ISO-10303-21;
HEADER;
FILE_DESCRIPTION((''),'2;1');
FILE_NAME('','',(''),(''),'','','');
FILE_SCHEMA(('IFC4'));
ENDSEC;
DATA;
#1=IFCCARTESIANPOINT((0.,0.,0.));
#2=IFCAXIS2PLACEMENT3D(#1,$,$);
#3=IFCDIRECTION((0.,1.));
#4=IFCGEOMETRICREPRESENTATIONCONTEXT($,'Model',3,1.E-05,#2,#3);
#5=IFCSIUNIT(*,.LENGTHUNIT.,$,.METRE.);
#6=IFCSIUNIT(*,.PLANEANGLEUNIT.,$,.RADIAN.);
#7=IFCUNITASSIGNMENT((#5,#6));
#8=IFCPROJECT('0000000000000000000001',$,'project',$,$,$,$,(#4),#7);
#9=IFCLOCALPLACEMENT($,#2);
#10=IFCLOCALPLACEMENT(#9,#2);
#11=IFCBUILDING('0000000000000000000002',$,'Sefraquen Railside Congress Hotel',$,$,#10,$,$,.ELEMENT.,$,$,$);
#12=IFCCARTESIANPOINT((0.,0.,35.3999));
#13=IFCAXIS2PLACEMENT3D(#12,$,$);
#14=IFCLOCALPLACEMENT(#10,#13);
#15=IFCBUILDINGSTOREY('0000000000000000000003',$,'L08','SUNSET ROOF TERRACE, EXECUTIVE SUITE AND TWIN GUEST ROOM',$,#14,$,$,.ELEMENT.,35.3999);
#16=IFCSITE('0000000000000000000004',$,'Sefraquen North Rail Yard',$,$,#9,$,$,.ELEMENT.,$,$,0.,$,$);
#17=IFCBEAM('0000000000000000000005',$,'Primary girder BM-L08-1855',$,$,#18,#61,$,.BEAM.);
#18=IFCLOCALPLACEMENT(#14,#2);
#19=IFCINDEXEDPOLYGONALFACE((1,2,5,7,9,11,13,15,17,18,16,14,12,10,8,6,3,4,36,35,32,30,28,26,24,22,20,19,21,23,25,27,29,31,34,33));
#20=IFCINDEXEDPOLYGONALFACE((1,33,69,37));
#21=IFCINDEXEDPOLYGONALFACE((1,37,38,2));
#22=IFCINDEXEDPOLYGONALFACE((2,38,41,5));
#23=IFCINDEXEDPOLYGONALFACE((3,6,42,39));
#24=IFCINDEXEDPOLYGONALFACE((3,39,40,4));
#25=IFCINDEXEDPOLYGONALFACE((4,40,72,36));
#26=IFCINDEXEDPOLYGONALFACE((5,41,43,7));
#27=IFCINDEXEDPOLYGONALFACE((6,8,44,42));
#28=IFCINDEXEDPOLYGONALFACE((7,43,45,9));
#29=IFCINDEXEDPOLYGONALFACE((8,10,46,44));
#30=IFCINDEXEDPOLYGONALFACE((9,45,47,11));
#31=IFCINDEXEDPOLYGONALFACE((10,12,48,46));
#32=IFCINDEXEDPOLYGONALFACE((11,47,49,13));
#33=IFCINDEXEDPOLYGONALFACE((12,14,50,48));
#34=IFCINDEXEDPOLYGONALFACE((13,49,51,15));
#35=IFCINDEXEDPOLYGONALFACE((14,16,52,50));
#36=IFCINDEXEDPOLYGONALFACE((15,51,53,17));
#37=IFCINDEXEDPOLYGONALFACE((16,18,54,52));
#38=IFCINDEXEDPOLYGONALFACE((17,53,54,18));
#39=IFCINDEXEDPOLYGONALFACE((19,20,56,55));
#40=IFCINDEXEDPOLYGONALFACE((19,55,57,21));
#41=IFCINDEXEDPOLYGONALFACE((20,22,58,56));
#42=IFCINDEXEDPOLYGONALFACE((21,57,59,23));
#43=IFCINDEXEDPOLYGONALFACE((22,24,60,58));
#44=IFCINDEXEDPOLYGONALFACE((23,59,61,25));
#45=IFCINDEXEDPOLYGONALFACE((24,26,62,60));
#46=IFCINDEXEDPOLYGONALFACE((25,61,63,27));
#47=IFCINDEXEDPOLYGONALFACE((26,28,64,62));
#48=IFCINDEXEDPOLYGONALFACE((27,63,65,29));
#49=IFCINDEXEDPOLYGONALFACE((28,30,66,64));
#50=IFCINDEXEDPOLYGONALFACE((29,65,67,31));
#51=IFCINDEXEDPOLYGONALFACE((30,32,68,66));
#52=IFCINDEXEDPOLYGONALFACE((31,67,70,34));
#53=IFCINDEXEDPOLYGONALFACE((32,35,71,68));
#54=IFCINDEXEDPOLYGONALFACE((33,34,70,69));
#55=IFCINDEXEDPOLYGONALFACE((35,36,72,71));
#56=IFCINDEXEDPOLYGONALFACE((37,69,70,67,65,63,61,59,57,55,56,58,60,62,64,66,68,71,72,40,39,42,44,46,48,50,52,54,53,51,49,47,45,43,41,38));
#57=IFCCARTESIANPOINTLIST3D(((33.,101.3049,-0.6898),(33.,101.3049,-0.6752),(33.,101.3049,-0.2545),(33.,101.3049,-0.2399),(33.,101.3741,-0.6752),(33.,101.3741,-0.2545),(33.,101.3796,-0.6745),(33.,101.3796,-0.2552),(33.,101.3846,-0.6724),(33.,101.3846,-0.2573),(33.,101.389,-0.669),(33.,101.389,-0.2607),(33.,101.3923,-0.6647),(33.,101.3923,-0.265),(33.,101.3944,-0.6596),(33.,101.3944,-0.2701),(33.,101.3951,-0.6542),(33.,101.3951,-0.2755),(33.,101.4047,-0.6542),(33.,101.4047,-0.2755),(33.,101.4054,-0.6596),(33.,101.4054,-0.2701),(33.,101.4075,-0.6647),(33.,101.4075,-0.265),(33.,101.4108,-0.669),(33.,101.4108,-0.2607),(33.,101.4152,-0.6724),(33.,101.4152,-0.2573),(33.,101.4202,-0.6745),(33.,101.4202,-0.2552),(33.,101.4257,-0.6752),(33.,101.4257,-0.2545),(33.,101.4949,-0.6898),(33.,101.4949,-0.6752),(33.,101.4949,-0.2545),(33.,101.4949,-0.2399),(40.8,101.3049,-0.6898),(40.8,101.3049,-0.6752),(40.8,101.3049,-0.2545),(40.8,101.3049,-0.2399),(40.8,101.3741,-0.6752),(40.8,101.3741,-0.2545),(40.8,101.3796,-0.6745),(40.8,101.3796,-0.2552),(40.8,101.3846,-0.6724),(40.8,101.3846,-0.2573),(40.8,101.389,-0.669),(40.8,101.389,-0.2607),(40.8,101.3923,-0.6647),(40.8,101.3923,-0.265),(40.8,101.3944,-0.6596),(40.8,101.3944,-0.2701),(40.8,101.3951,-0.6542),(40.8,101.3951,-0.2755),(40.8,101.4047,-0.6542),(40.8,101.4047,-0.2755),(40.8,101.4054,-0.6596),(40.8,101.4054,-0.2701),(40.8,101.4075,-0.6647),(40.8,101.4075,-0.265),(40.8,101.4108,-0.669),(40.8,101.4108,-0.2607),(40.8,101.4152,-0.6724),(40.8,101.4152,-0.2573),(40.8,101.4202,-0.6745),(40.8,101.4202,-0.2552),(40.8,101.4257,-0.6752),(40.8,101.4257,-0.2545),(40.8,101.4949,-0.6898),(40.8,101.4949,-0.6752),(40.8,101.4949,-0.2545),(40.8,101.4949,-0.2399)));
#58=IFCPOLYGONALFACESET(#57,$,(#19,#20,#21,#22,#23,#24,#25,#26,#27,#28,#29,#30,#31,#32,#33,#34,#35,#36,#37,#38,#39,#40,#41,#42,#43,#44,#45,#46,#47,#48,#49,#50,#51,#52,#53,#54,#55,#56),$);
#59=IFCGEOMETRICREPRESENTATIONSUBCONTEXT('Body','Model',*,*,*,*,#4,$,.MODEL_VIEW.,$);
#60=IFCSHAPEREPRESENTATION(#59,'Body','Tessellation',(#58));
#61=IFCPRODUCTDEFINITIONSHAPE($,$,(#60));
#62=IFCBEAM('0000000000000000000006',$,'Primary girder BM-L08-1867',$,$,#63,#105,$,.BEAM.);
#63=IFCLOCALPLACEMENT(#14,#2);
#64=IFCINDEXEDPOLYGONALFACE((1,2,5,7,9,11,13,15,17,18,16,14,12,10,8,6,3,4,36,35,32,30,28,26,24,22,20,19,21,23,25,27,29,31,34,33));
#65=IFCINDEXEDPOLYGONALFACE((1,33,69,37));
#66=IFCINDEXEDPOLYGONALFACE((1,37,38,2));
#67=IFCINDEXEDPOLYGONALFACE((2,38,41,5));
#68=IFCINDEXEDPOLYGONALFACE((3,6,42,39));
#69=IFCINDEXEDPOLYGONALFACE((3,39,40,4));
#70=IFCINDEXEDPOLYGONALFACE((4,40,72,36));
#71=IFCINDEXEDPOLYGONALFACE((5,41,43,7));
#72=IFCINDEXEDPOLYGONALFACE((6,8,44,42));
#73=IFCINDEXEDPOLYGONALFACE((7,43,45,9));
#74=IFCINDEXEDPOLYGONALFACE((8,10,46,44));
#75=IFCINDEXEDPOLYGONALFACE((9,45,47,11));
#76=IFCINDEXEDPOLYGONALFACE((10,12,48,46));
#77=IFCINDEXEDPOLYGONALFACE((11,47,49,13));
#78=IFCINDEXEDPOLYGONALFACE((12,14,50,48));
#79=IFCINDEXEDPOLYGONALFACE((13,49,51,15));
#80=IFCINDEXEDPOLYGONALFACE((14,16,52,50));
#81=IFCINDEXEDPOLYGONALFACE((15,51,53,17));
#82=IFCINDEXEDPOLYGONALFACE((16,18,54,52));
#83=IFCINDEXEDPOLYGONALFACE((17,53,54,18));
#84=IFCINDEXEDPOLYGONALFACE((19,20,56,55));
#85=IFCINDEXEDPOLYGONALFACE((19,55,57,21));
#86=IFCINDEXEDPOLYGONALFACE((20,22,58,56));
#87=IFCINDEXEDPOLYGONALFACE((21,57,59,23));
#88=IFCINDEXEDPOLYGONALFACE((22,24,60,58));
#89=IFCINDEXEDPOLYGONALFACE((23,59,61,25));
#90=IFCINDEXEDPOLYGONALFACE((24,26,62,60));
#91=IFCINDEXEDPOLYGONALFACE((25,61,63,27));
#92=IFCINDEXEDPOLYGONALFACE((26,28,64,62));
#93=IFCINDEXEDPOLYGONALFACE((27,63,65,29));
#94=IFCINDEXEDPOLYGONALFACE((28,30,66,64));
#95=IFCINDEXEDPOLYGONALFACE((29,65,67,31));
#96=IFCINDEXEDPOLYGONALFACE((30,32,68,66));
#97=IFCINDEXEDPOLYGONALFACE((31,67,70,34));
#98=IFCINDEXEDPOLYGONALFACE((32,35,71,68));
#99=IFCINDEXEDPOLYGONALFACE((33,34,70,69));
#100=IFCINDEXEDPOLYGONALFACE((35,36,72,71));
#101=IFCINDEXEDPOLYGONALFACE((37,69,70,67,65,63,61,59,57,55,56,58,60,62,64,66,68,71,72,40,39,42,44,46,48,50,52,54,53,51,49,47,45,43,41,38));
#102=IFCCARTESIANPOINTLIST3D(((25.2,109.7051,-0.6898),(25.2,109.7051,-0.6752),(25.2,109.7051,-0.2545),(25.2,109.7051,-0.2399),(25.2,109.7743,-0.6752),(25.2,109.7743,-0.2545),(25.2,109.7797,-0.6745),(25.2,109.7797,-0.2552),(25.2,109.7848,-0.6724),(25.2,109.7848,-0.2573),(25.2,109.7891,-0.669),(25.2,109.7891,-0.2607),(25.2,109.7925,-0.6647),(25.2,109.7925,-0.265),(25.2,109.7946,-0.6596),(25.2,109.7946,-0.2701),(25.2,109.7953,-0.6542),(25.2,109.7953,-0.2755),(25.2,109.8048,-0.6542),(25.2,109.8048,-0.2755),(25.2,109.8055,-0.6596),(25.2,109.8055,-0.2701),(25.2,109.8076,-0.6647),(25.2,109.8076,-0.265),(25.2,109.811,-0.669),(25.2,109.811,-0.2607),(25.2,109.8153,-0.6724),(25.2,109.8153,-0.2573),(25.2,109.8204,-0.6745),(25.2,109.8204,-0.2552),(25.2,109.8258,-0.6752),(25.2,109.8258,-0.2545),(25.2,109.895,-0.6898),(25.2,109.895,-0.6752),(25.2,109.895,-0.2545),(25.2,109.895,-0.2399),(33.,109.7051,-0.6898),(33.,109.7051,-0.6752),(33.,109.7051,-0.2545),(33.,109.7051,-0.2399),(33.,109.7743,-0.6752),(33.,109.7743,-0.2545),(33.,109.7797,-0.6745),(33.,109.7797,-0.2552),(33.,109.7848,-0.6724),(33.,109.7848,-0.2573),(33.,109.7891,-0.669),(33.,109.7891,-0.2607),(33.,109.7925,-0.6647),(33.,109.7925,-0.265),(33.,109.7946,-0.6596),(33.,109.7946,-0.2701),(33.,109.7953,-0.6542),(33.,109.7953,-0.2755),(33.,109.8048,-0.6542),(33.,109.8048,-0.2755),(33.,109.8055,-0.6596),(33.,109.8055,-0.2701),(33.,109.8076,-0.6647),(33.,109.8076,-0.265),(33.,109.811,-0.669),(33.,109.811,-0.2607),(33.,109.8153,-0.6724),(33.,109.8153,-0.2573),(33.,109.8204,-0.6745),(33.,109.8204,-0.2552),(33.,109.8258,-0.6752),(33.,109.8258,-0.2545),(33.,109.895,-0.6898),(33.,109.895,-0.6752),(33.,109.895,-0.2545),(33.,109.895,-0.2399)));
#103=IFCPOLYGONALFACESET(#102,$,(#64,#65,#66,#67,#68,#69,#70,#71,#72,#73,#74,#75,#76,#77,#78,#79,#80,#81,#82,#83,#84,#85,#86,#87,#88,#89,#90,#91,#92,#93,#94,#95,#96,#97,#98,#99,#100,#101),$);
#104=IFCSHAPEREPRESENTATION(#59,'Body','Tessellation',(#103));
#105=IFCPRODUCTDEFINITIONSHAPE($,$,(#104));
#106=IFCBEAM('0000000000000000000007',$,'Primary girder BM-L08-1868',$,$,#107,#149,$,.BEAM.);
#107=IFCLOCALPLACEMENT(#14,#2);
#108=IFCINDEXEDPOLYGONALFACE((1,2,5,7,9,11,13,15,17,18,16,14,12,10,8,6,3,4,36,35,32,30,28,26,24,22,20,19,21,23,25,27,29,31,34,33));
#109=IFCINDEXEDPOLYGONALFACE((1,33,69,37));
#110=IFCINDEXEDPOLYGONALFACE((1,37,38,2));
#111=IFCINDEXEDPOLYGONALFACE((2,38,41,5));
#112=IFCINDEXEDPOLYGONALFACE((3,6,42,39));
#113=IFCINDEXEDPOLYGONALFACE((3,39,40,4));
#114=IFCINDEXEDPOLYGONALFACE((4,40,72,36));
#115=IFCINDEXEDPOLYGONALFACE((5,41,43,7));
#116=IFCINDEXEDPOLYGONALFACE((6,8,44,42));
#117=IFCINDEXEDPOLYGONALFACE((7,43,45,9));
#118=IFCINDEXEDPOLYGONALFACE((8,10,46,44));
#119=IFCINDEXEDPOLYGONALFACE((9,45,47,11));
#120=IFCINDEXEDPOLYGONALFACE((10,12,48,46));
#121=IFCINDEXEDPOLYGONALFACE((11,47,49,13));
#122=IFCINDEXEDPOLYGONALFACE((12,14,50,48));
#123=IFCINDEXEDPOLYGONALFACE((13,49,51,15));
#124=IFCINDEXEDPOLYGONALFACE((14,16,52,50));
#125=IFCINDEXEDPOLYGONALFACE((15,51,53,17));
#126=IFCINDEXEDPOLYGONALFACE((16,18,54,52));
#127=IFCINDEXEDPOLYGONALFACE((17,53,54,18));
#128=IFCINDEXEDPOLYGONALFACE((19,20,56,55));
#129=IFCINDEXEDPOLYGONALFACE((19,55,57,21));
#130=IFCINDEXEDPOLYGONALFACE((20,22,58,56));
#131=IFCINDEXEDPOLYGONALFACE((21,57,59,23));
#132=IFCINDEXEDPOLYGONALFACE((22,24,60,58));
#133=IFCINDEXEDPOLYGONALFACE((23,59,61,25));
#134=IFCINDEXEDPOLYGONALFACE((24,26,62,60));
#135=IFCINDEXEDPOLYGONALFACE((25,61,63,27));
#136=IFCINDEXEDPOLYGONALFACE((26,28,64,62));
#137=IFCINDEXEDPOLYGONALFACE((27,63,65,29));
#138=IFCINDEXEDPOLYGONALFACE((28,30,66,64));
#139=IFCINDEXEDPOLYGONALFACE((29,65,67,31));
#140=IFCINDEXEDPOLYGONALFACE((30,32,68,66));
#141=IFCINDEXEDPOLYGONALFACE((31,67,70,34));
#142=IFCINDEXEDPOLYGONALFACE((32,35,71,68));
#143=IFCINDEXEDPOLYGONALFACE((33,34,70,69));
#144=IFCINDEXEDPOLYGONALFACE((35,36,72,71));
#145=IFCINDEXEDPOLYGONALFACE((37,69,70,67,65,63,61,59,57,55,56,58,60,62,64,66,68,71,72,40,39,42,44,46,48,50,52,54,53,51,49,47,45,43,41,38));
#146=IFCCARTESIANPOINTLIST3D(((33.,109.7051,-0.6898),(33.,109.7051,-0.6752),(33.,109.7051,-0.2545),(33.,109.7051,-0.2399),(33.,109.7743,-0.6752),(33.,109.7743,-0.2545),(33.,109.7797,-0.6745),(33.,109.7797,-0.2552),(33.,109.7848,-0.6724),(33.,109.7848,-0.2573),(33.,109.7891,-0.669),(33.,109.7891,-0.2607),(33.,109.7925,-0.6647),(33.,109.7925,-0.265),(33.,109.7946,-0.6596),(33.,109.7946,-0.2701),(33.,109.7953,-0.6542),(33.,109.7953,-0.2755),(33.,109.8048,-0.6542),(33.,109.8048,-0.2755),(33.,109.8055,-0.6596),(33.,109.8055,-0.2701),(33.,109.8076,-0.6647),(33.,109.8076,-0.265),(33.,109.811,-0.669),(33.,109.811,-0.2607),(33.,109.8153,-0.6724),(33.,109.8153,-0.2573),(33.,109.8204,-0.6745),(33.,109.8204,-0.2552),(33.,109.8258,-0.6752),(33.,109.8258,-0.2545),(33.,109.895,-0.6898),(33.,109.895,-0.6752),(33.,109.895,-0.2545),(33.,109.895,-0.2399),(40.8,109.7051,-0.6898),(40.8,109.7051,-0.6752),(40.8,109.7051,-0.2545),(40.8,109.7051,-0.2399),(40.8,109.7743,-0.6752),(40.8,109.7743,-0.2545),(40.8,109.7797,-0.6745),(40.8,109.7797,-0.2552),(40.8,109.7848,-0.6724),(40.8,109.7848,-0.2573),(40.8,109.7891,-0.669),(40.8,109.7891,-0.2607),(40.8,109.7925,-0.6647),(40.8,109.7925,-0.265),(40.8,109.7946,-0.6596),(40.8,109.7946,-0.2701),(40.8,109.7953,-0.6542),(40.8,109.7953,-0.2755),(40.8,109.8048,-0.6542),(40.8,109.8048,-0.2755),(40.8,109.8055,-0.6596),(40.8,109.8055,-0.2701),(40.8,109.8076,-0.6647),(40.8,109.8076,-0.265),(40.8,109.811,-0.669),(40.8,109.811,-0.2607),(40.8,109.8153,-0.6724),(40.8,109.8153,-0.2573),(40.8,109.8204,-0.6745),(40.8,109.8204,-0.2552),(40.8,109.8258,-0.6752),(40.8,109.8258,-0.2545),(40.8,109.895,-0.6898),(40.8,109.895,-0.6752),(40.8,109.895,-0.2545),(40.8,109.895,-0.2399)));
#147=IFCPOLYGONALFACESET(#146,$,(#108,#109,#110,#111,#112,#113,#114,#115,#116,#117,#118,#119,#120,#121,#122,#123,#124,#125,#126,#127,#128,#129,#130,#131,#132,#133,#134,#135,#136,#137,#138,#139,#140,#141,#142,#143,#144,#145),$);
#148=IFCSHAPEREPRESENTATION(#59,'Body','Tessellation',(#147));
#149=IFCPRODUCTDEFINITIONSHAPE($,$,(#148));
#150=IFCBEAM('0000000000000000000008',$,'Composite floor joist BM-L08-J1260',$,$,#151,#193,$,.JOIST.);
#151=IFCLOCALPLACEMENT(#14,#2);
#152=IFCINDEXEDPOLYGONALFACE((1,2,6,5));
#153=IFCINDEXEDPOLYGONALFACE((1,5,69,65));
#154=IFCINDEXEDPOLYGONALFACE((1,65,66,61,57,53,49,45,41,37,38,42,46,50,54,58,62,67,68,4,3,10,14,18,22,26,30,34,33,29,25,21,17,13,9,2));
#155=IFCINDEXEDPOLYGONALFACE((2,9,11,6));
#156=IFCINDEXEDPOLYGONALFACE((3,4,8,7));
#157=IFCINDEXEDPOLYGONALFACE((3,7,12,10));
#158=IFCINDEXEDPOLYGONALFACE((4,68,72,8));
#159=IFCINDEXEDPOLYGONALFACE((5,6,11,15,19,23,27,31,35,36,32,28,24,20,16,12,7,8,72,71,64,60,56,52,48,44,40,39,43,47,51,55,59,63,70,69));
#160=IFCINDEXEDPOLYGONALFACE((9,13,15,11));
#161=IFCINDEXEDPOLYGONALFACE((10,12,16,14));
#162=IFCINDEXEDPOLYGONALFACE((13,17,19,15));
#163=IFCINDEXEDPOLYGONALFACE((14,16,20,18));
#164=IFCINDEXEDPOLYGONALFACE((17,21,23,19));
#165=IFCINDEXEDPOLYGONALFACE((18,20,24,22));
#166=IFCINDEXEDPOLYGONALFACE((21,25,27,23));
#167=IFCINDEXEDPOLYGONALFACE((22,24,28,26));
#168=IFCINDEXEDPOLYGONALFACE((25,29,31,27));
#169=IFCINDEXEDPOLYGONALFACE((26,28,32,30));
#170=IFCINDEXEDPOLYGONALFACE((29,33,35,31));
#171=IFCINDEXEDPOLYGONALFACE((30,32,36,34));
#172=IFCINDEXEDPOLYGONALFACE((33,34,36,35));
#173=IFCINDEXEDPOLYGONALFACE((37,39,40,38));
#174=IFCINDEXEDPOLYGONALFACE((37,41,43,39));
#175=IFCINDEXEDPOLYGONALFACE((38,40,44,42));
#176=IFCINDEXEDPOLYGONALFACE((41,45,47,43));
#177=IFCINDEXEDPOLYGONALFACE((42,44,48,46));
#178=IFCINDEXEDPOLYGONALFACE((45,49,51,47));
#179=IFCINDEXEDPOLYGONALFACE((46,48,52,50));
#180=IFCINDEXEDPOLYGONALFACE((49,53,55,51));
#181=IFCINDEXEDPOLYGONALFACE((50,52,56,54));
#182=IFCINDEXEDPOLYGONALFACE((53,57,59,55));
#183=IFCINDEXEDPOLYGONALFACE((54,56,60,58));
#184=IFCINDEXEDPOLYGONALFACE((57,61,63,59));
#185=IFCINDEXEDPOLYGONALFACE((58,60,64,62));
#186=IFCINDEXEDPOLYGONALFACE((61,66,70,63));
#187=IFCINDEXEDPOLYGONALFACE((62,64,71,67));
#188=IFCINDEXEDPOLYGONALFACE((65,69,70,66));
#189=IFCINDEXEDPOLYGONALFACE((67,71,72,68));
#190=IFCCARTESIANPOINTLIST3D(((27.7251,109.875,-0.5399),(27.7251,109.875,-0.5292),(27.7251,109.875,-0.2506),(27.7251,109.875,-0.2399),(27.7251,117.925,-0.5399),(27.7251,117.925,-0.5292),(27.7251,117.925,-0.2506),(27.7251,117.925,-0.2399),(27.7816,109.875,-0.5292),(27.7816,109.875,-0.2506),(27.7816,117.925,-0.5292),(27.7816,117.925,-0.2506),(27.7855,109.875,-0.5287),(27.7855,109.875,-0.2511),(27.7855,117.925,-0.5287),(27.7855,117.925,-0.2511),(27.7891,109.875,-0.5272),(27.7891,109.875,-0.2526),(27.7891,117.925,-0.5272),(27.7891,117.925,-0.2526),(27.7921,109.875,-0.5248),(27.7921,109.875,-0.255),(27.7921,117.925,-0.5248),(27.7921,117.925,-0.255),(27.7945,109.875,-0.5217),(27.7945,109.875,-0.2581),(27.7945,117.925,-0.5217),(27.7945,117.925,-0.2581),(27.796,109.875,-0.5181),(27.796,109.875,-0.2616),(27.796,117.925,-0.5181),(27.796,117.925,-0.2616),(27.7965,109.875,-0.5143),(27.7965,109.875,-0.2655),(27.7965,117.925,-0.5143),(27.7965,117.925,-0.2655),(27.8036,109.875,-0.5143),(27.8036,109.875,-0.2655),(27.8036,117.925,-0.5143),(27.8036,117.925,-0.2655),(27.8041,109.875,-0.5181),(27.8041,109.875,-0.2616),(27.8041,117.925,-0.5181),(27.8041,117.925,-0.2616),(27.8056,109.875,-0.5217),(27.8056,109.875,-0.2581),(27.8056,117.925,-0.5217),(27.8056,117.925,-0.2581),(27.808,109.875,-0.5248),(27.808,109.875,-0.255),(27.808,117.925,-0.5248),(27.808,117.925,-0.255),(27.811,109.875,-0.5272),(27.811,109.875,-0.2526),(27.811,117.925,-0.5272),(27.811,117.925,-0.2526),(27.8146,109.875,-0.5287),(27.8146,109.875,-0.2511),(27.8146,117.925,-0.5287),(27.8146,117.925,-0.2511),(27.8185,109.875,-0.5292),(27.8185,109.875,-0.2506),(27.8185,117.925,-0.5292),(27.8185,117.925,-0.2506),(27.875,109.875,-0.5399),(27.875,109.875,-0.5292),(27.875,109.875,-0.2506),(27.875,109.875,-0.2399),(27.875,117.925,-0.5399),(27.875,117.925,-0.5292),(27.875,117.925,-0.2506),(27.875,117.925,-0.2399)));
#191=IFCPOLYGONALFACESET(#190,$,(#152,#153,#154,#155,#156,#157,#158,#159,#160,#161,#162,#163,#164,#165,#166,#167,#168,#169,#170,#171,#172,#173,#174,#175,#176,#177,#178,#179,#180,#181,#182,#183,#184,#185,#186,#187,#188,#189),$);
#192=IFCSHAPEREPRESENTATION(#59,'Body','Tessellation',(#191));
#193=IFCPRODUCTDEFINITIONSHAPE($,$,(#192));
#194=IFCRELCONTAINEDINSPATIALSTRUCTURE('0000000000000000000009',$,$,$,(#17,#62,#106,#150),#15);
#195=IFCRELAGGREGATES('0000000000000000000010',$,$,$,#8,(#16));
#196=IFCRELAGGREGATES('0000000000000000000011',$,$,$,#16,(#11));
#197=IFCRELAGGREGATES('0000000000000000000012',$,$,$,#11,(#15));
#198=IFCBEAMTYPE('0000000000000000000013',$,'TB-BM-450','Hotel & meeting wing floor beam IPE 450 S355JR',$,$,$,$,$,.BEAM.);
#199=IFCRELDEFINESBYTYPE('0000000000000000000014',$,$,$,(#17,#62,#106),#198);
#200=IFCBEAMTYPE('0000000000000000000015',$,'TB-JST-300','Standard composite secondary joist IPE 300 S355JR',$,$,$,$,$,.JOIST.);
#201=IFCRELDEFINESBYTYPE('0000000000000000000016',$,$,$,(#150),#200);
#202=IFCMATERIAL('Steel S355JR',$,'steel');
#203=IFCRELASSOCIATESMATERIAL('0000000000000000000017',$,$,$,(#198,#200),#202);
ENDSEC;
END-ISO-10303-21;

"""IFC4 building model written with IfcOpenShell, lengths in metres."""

from ifc_helpers import new_model, si_unit, direction, frame, origin, origin_2d, place, context, subcontext, project, spatial, i_section, extrude, material, material_profile, profile_set, type_object, element, save


model = new_model("IFC4")

# Units and contexts
model_context = context("Model", 3, precision=1e-05, world=origin(), true_north=direction((0.0, 1.0)))
body_context = subcontext(model_context, "Body", "Model", "MODEL_VIEW")
ifc_project = project(units=[si_unit("LENGTHUNIT", "METRE"), si_unit("PLANEANGLEUNIT", "RADIAN")], contexts=[model_context])

# Site, building, storey
site_placement = place(None, origin())
site = spatial("IfcSite", under=ifc_project, at=site_placement, Name="Sefraquen North Rail Yard", CompositionType="ELEMENT", RefElevation=0.0)
building_placement = place(site_placement, origin())
building = spatial("IfcBuilding", under=site, at=building_placement, Name="Sefraquen Railside Congress Hotel", CompositionType="ELEMENT")
storey_placement = place(building_placement, frame((0.0, 0.0, 35.3999)))
storey = spatial("IfcBuildingStorey", under=building, at=storey_placement, Name="L08", Description="SUNSET ROOF TERRACE, EXECUTIVE SUITE AND TWIN GUEST ROOM", CompositionType="ELEMENT", Elevation=35.3999)

# Shared definitions
ifc_material_1 = material(Name="Steel S355JR", Category="steel")

# Beams
ifc_material_profile_1 = material_profile(ifc_material_1, i_section(OverallWidth=0.1899, OverallDepth=0.45, WebThickness=0.0095, FlangeThickness=0.0146, FilletRadius=0.021, at=origin_2d()), Name="IPE 450")
ifc_profile_set_1 = profile_set([ifc_material_profile_1], Name="Steel S355JR")
beam_type_1 = type_object("IfcBeamType", Name="TB-BM-450", Description="Hotel & meeting wing floor beam IPE 450 S355JR", PredefinedType="BEAM", material=ifc_profile_set_1)
for number, where, z_axis, x_axis, name in (
    (1, (33.0, 101.3999, -0.4648), (1.0, 0.0, 0.0), (0.0, 1.0, 0.0), "Primary girder BM-L08-1855"),
    (2, (25.2, 109.8, -0.4648), (1.0, 0.0, 0.0), (0.0, 1.0, 0.0), "Primary girder BM-L08-1867"),
    (3, (33.0, 109.8, -0.4648), (1.0, 0.0, 0.0), (0.0, 1.0, 0.0), "Primary girder BM-L08-1868"),
):
    element("IfcBeam", number, at=place(storey_placement, frame(where, z_axis=z_axis, x_axis=x_axis)), inside=storey, type_object=beam_type_1, Name=name, PredefinedType="BEAM", context=body_context, shape_type="SweptSolid", body=[
        extrude(i_section(OverallWidth=0.1899, OverallDepth=0.45, WebThickness=0.0095, FlangeThickness=0.0146, FilletRadius=0.021, at=origin_2d()), origin(), (0.0, 0.0, 1.0), 7.8),
    ])
ifc_material_profile_2 = material_profile(ifc_material_1, i_section(OverallWidth=0.1499, OverallDepth=0.3, WebThickness=0.0071, FlangeThickness=0.0107, FilletRadius=0.0149, at=origin_2d()), Name="IPE 300")
ifc_profile_set_2 = profile_set([ifc_material_profile_2], Name="Steel S355JR")
beam_type_2 = type_object("IfcBeamType", Name="TB-JST-300", Description="Standard composite secondary joist IPE 300 S355JR", PredefinedType="JOIST", material=ifc_profile_set_2)
for number, where, z_axis, x_axis, name in (
    (4, (27.8, 109.875, -0.3899), (0.0, 1.0, 0.0), (-1.0, 0.0, 0.0), "Composite floor joist BM-L08-J1260"),
):
    element("IfcBeam", number, at=place(storey_placement, frame(where, z_axis=z_axis, x_axis=x_axis)), inside=storey, type_object=beam_type_2, Name=name, PredefinedType="JOIST", context=body_context, shape_type="SweptSolid", body=[
        extrude(i_section(OverallWidth=0.1499, OverallDepth=0.3, WebThickness=0.0071, FlangeThickness=0.0107, FilletRadius=0.0149, at=origin_2d()), origin(), (0.0, 0.0, 1.0), 8.05),
    ])

save(model, "model.ifc")
